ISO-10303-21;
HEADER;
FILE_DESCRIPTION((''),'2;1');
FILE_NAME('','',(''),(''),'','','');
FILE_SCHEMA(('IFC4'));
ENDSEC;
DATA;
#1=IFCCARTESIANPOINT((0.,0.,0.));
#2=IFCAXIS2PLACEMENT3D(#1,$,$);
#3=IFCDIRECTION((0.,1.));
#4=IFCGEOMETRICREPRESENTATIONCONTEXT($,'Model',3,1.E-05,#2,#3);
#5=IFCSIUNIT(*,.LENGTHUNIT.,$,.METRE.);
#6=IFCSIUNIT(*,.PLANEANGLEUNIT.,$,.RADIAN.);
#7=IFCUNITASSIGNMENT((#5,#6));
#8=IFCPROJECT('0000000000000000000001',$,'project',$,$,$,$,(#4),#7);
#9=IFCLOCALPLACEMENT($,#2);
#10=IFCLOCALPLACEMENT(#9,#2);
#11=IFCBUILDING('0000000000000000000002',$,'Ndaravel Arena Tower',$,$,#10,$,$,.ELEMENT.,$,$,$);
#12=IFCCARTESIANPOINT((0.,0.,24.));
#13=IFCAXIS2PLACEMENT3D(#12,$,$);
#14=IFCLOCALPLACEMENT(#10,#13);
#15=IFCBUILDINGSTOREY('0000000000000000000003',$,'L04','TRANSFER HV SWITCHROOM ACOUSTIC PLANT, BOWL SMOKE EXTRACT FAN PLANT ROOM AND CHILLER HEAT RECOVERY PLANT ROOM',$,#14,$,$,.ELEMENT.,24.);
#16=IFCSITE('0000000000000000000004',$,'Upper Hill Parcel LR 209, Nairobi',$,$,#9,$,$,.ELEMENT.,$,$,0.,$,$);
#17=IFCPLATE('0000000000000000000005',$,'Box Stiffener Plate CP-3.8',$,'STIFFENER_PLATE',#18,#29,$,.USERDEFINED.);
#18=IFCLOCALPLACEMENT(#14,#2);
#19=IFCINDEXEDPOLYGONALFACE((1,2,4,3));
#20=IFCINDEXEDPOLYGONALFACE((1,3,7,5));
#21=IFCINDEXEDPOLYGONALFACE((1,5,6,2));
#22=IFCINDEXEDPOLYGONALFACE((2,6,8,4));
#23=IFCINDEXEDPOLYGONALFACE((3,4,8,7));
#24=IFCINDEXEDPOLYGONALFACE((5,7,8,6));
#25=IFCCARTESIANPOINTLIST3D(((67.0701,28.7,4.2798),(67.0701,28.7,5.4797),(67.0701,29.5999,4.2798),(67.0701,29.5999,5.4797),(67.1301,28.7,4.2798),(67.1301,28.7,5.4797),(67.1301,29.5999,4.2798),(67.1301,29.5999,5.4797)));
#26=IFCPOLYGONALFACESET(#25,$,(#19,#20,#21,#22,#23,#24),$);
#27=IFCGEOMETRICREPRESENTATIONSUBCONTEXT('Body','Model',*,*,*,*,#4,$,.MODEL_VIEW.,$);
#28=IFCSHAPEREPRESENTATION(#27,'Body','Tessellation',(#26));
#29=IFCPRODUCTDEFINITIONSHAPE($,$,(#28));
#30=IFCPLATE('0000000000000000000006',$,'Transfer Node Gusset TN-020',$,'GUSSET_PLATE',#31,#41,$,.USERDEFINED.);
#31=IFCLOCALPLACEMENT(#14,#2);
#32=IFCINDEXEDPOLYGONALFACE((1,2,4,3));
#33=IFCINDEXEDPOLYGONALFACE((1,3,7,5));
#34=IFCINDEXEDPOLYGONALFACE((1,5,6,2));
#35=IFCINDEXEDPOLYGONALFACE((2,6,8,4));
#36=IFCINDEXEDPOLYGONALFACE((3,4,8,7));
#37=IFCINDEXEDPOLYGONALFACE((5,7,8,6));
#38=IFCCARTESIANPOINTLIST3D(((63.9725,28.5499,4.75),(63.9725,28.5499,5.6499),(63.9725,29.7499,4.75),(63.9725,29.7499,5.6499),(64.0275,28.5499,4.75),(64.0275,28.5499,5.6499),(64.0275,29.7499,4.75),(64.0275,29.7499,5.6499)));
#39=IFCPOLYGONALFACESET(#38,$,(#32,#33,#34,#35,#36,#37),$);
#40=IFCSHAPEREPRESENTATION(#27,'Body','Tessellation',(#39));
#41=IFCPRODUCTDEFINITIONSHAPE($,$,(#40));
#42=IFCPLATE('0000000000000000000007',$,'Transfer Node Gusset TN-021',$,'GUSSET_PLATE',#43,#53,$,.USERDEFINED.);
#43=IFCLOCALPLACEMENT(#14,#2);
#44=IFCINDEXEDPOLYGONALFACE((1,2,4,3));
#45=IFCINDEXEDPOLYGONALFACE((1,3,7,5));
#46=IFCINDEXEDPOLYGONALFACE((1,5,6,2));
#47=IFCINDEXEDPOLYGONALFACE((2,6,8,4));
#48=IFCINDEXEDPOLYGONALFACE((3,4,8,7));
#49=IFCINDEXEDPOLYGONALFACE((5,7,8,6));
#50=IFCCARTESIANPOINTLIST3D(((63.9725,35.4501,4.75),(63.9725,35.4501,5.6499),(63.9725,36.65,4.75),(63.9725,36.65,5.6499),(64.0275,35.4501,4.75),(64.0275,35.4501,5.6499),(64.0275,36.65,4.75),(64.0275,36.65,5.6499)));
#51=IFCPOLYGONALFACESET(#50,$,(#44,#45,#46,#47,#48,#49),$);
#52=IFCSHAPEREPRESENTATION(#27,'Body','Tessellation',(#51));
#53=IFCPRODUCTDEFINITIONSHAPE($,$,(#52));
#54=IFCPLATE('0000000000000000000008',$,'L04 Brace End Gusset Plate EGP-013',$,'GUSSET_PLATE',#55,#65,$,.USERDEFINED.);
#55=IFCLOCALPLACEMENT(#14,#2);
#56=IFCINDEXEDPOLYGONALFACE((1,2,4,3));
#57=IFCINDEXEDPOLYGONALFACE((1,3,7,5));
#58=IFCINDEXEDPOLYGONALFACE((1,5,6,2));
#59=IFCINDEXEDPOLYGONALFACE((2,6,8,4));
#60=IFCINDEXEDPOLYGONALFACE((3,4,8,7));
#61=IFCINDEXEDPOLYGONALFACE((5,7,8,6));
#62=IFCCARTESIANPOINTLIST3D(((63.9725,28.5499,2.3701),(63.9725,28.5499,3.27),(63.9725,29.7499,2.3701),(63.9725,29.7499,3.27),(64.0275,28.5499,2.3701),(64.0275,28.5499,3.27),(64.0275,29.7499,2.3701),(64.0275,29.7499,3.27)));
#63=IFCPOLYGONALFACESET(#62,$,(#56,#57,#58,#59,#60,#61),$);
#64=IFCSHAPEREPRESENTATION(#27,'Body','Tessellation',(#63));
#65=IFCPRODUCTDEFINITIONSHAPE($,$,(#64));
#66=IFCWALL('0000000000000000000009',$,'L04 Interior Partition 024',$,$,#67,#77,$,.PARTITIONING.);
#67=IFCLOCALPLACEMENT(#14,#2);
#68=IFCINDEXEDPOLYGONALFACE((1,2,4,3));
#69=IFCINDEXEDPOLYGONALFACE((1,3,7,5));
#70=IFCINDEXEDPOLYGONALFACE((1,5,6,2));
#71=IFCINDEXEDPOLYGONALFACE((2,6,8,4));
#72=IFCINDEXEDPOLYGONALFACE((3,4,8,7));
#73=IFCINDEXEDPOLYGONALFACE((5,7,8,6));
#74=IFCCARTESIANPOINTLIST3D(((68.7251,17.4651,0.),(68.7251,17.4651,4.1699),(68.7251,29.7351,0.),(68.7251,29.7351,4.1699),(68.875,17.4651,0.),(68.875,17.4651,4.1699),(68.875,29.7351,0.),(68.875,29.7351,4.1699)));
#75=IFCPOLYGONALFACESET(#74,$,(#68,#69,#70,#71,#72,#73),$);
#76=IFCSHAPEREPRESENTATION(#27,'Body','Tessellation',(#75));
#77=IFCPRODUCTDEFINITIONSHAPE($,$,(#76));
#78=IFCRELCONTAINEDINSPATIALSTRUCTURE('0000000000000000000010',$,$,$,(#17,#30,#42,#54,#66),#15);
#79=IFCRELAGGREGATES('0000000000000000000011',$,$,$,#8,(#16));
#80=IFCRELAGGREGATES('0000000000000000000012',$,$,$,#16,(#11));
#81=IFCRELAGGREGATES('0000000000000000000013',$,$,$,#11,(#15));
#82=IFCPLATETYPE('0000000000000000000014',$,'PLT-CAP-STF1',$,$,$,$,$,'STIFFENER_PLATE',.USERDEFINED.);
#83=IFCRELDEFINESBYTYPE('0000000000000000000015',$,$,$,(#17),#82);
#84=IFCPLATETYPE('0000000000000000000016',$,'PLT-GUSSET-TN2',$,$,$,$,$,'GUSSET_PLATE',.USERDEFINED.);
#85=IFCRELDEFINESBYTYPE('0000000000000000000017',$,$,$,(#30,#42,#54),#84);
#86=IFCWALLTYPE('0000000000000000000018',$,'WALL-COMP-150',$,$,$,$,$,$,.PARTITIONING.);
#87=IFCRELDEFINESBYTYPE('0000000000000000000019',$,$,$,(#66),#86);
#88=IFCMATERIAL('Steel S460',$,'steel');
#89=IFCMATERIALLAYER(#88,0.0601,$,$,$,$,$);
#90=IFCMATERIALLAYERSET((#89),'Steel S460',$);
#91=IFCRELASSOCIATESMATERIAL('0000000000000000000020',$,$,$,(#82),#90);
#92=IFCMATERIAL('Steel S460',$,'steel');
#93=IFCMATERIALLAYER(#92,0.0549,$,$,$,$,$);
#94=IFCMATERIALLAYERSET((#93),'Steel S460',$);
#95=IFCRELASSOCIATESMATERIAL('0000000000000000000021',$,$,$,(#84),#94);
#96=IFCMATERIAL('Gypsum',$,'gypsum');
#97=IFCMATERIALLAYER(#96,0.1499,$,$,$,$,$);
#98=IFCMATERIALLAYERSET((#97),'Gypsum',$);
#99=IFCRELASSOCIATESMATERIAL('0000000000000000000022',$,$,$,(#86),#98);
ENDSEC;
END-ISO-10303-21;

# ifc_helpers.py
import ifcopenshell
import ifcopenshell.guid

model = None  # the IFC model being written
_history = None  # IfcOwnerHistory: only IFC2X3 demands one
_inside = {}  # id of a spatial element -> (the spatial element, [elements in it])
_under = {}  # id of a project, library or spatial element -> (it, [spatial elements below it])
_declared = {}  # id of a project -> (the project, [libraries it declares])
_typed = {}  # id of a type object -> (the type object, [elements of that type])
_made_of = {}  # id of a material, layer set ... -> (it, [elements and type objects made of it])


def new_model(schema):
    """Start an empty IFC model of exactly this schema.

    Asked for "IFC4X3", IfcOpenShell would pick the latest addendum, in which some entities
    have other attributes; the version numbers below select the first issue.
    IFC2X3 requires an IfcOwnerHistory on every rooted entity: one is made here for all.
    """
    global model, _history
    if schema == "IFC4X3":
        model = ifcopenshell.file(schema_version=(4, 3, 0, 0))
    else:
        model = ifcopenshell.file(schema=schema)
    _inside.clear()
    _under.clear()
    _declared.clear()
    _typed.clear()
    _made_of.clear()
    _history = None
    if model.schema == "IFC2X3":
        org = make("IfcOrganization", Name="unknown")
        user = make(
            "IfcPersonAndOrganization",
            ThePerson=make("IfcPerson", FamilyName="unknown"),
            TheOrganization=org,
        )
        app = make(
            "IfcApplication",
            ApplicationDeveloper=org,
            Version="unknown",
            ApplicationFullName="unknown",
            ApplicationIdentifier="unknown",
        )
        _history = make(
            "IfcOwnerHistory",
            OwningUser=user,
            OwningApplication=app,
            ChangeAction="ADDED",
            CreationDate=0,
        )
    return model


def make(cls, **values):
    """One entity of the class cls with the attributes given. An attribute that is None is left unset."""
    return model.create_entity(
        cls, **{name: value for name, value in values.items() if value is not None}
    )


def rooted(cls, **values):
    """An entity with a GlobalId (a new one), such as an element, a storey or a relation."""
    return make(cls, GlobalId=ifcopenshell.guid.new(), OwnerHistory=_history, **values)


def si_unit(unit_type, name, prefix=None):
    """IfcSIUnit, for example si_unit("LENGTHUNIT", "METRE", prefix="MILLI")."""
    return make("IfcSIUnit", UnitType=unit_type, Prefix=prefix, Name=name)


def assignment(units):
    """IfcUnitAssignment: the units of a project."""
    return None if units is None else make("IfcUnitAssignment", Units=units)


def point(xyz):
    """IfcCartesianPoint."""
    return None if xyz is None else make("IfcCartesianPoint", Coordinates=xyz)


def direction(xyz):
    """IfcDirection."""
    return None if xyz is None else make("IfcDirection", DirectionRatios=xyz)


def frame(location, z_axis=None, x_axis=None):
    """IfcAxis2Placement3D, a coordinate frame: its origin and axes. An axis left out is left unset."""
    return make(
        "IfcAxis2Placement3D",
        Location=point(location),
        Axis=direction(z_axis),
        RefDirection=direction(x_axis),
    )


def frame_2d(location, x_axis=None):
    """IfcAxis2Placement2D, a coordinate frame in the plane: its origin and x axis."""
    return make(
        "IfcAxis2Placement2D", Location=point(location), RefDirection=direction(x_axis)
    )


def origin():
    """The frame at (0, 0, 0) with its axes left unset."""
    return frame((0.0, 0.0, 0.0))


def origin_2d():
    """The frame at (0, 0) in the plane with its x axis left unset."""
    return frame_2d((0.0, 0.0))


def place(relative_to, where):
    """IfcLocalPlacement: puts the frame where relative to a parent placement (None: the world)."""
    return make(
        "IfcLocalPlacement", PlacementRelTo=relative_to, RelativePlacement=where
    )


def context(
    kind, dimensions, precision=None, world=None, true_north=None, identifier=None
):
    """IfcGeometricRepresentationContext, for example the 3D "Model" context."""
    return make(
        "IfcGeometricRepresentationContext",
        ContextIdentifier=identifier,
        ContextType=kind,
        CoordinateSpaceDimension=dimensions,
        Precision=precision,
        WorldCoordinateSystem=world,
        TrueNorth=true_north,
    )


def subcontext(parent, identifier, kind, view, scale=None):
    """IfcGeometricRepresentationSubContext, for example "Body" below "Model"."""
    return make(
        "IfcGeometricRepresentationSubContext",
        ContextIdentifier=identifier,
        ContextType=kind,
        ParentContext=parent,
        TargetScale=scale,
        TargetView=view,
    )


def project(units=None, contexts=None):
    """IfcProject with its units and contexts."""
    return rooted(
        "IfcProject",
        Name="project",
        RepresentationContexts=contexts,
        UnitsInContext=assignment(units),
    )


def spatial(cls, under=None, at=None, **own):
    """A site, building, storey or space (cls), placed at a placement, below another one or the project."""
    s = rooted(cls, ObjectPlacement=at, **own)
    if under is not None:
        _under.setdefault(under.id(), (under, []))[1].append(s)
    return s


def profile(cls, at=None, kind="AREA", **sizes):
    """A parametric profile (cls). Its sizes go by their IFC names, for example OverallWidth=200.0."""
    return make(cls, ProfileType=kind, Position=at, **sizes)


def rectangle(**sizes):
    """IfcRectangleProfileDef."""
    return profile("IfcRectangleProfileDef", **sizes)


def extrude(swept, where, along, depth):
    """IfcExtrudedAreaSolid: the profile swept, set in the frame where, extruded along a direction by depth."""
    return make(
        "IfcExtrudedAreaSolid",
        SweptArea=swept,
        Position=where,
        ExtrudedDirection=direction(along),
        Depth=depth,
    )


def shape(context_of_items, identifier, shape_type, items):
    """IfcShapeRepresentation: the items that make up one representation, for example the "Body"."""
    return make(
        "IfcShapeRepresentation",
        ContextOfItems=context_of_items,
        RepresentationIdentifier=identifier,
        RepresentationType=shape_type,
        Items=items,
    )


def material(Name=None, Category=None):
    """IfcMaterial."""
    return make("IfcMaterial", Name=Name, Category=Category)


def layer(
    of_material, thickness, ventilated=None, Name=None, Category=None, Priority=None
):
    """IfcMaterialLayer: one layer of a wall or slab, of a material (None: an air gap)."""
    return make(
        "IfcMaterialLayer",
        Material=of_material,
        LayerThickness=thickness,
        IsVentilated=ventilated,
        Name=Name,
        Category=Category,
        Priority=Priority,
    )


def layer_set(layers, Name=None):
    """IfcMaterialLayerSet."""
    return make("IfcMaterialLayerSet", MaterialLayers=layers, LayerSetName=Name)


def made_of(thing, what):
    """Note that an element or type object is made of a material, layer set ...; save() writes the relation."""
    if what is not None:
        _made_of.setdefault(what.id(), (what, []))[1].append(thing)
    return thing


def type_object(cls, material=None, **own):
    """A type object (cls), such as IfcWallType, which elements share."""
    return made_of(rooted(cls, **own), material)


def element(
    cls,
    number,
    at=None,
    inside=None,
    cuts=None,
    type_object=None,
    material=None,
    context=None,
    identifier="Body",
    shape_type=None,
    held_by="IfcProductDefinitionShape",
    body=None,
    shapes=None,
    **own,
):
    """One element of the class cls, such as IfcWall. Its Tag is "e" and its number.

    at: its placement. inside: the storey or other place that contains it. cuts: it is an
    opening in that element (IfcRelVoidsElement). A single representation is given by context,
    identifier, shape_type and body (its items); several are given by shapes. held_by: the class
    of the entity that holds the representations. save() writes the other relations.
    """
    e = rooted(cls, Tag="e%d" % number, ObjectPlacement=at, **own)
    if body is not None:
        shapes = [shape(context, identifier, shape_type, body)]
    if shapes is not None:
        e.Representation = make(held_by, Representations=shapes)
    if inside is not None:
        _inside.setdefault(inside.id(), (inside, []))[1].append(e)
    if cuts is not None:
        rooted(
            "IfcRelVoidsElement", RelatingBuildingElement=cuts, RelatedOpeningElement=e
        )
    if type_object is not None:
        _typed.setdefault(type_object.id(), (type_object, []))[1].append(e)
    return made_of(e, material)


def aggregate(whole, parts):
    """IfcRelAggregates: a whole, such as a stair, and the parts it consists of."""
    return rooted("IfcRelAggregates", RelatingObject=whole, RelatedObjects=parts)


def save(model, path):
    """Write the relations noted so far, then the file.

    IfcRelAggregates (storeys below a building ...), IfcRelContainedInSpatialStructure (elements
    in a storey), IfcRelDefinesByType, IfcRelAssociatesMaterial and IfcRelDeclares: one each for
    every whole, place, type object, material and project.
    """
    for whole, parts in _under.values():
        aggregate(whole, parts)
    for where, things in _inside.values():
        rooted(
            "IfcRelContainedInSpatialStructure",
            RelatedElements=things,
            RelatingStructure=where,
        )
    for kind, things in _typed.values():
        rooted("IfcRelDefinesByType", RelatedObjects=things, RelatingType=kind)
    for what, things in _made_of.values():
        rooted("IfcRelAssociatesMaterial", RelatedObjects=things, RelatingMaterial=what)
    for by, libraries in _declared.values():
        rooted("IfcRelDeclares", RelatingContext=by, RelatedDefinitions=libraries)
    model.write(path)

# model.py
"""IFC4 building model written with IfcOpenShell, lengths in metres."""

from ifc_helpers import new_model, si_unit, direction, frame, frame_2d, origin, origin_2d, place, context, subcontext, project, spatial, rectangle, extrude, material, layer, layer_set, type_object, element, save


model = new_model("IFC4")

# Units and contexts
model_context = context("Model", 3, precision=1e-05, world=origin(), true_north=direction((0.0, 1.0)))
body_context = subcontext(model_context, "Body", "Model", "MODEL_VIEW")
ifc_project = project(units=[si_unit("LENGTHUNIT", "METRE"), si_unit("PLANEANGLEUNIT", "RADIAN")], contexts=[model_context])

# Site, building, storey
site_placement = place(None, origin())
site = spatial("IfcSite", under=ifc_project, at=site_placement, Name="Upper Hill Parcel LR 209, Nairobi", CompositionType="ELEMENT", RefElevation=0.0)
building_placement = place(site_placement, origin())
building = spatial("IfcBuilding", under=site, at=building_placement, Name="Ndaravel Arena Tower", CompositionType="ELEMENT")
storey_placement = place(building_placement, frame((0.0, 0.0, 24.0)))
storey = spatial("IfcBuildingStorey", under=building, at=storey_placement, Name="L04", Description="TRANSFER HV SWITCHROOM ACOUSTIC PLANT, BOWL SMOKE EXTRACT FAN PLANT ROOM AND CHILLER HEAT RECOVERY PLANT ROOM", CompositionType="ELEMENT", Elevation=24.0)

# Plates
ifc_material_1 = material(Name="Steel S460", Category="steel")
ifc_layer_1 = layer(ifc_material_1, 0.0601)
ifc_layer_set_1 = layer_set([ifc_layer_1], Name="Steel S460")
plate_type_1 = type_object("IfcPlateType", Name="PLT-CAP-STF1", ElementType="STIFFENER_PLATE", PredefinedType="USERDEFINED", material=ifc_layer_set_1)
for number, where, z_axis, x_axis, name in (
    (1, (67.1001, 29.1499, 4.2798), (0.0, 0.0, 1.0), (1.0, 0.0, 0.0), "Box Stiffener Plate CP-3.8"),
):
    element("IfcPlate", number, at=place(storey_placement, frame(where, z_axis=z_axis, x_axis=x_axis)), inside=storey, type_object=plate_type_1, Name=name, ObjectType="STIFFENER_PLATE", PredefinedType="USERDEFINED", context=body_context, shape_type="SweptSolid", body=[
        extrude(rectangle(XDim=0.0601, YDim=0.8999, at=origin_2d()), origin(), (0.0, 0.0, 1.0), 1.2),
    ])
ifc_material_2 = material(Name="Steel S460", Category="steel")
ifc_layer_2 = layer(ifc_material_2, 0.0549)
ifc_layer_set_2 = layer_set([ifc_layer_2], Name="Steel S460")
plate_type_2 = type_object("IfcPlateType", Name="PLT-GUSSET-TN2", ElementType="GUSSET_PLATE", PredefinedType="USERDEFINED", material=ifc_layer_set_2)
for number, where, z_axis, x_axis, name in (
    (2, (64.0, 29.1499, 4.75), (0.0, 0.0, 1.0), (1.0, 0.0, 0.0), "Transfer Node Gusset TN-020"),
    (3, (64.0, 36.05, 4.75), (0.0, 0.0, 1.0), (1.0, 0.0, 0.0), "Transfer Node Gusset TN-021"),
    (4, (64.0, 29.1499, 2.3701), (0.0, 0.0, 1.0), (1.0, 0.0, 0.0), "L04 Brace End Gusset Plate EGP-013"),
):
    element("IfcPlate", number, at=place(storey_placement, frame(where, z_axis=z_axis, x_axis=x_axis)), inside=storey, type_object=plate_type_2, Name=name, ObjectType="GUSSET_PLATE", PredefinedType="USERDEFINED", context=body_context, shape_type="SweptSolid", body=[
        extrude(rectangle(XDim=0.0549, YDim=1.2, at=origin_2d()), origin(), (0.0, 0.0, 1.0), 0.8999),
    ])

# Wall
ifc_material_3 = material(Name="Gypsum", Category="gypsum")
ifc_layer_3 = layer(ifc_material_3, 0.1499)
ifc_layer_set_3 = layer_set([ifc_layer_3], Name="Gypsum")
wall_type = type_object("IfcWallType", Name="WALL-COMP-150", PredefinedType="PARTITIONING", material=ifc_layer_set_3)
wall_placement = place(storey_placement, frame((68.8, 29.7351, 0.0), z_axis=(0.0, 0.0, 1.0), x_axis=(0.0, -1.0, 0.0)))
element("IfcWall", 5, at=wall_placement, inside=storey, type_object=wall_type, Name="L04 Interior Partition 024", PredefinedType="PARTITIONING", context=body_context, shape_type="SweptSolid", body=[
    extrude(rectangle(XDim=12.27, YDim=0.1499, at=frame_2d((6.135, 0.0))), origin(), (0.0, 0.0, 1.0), 4.1699),
])

save(model, "model.ifc")
